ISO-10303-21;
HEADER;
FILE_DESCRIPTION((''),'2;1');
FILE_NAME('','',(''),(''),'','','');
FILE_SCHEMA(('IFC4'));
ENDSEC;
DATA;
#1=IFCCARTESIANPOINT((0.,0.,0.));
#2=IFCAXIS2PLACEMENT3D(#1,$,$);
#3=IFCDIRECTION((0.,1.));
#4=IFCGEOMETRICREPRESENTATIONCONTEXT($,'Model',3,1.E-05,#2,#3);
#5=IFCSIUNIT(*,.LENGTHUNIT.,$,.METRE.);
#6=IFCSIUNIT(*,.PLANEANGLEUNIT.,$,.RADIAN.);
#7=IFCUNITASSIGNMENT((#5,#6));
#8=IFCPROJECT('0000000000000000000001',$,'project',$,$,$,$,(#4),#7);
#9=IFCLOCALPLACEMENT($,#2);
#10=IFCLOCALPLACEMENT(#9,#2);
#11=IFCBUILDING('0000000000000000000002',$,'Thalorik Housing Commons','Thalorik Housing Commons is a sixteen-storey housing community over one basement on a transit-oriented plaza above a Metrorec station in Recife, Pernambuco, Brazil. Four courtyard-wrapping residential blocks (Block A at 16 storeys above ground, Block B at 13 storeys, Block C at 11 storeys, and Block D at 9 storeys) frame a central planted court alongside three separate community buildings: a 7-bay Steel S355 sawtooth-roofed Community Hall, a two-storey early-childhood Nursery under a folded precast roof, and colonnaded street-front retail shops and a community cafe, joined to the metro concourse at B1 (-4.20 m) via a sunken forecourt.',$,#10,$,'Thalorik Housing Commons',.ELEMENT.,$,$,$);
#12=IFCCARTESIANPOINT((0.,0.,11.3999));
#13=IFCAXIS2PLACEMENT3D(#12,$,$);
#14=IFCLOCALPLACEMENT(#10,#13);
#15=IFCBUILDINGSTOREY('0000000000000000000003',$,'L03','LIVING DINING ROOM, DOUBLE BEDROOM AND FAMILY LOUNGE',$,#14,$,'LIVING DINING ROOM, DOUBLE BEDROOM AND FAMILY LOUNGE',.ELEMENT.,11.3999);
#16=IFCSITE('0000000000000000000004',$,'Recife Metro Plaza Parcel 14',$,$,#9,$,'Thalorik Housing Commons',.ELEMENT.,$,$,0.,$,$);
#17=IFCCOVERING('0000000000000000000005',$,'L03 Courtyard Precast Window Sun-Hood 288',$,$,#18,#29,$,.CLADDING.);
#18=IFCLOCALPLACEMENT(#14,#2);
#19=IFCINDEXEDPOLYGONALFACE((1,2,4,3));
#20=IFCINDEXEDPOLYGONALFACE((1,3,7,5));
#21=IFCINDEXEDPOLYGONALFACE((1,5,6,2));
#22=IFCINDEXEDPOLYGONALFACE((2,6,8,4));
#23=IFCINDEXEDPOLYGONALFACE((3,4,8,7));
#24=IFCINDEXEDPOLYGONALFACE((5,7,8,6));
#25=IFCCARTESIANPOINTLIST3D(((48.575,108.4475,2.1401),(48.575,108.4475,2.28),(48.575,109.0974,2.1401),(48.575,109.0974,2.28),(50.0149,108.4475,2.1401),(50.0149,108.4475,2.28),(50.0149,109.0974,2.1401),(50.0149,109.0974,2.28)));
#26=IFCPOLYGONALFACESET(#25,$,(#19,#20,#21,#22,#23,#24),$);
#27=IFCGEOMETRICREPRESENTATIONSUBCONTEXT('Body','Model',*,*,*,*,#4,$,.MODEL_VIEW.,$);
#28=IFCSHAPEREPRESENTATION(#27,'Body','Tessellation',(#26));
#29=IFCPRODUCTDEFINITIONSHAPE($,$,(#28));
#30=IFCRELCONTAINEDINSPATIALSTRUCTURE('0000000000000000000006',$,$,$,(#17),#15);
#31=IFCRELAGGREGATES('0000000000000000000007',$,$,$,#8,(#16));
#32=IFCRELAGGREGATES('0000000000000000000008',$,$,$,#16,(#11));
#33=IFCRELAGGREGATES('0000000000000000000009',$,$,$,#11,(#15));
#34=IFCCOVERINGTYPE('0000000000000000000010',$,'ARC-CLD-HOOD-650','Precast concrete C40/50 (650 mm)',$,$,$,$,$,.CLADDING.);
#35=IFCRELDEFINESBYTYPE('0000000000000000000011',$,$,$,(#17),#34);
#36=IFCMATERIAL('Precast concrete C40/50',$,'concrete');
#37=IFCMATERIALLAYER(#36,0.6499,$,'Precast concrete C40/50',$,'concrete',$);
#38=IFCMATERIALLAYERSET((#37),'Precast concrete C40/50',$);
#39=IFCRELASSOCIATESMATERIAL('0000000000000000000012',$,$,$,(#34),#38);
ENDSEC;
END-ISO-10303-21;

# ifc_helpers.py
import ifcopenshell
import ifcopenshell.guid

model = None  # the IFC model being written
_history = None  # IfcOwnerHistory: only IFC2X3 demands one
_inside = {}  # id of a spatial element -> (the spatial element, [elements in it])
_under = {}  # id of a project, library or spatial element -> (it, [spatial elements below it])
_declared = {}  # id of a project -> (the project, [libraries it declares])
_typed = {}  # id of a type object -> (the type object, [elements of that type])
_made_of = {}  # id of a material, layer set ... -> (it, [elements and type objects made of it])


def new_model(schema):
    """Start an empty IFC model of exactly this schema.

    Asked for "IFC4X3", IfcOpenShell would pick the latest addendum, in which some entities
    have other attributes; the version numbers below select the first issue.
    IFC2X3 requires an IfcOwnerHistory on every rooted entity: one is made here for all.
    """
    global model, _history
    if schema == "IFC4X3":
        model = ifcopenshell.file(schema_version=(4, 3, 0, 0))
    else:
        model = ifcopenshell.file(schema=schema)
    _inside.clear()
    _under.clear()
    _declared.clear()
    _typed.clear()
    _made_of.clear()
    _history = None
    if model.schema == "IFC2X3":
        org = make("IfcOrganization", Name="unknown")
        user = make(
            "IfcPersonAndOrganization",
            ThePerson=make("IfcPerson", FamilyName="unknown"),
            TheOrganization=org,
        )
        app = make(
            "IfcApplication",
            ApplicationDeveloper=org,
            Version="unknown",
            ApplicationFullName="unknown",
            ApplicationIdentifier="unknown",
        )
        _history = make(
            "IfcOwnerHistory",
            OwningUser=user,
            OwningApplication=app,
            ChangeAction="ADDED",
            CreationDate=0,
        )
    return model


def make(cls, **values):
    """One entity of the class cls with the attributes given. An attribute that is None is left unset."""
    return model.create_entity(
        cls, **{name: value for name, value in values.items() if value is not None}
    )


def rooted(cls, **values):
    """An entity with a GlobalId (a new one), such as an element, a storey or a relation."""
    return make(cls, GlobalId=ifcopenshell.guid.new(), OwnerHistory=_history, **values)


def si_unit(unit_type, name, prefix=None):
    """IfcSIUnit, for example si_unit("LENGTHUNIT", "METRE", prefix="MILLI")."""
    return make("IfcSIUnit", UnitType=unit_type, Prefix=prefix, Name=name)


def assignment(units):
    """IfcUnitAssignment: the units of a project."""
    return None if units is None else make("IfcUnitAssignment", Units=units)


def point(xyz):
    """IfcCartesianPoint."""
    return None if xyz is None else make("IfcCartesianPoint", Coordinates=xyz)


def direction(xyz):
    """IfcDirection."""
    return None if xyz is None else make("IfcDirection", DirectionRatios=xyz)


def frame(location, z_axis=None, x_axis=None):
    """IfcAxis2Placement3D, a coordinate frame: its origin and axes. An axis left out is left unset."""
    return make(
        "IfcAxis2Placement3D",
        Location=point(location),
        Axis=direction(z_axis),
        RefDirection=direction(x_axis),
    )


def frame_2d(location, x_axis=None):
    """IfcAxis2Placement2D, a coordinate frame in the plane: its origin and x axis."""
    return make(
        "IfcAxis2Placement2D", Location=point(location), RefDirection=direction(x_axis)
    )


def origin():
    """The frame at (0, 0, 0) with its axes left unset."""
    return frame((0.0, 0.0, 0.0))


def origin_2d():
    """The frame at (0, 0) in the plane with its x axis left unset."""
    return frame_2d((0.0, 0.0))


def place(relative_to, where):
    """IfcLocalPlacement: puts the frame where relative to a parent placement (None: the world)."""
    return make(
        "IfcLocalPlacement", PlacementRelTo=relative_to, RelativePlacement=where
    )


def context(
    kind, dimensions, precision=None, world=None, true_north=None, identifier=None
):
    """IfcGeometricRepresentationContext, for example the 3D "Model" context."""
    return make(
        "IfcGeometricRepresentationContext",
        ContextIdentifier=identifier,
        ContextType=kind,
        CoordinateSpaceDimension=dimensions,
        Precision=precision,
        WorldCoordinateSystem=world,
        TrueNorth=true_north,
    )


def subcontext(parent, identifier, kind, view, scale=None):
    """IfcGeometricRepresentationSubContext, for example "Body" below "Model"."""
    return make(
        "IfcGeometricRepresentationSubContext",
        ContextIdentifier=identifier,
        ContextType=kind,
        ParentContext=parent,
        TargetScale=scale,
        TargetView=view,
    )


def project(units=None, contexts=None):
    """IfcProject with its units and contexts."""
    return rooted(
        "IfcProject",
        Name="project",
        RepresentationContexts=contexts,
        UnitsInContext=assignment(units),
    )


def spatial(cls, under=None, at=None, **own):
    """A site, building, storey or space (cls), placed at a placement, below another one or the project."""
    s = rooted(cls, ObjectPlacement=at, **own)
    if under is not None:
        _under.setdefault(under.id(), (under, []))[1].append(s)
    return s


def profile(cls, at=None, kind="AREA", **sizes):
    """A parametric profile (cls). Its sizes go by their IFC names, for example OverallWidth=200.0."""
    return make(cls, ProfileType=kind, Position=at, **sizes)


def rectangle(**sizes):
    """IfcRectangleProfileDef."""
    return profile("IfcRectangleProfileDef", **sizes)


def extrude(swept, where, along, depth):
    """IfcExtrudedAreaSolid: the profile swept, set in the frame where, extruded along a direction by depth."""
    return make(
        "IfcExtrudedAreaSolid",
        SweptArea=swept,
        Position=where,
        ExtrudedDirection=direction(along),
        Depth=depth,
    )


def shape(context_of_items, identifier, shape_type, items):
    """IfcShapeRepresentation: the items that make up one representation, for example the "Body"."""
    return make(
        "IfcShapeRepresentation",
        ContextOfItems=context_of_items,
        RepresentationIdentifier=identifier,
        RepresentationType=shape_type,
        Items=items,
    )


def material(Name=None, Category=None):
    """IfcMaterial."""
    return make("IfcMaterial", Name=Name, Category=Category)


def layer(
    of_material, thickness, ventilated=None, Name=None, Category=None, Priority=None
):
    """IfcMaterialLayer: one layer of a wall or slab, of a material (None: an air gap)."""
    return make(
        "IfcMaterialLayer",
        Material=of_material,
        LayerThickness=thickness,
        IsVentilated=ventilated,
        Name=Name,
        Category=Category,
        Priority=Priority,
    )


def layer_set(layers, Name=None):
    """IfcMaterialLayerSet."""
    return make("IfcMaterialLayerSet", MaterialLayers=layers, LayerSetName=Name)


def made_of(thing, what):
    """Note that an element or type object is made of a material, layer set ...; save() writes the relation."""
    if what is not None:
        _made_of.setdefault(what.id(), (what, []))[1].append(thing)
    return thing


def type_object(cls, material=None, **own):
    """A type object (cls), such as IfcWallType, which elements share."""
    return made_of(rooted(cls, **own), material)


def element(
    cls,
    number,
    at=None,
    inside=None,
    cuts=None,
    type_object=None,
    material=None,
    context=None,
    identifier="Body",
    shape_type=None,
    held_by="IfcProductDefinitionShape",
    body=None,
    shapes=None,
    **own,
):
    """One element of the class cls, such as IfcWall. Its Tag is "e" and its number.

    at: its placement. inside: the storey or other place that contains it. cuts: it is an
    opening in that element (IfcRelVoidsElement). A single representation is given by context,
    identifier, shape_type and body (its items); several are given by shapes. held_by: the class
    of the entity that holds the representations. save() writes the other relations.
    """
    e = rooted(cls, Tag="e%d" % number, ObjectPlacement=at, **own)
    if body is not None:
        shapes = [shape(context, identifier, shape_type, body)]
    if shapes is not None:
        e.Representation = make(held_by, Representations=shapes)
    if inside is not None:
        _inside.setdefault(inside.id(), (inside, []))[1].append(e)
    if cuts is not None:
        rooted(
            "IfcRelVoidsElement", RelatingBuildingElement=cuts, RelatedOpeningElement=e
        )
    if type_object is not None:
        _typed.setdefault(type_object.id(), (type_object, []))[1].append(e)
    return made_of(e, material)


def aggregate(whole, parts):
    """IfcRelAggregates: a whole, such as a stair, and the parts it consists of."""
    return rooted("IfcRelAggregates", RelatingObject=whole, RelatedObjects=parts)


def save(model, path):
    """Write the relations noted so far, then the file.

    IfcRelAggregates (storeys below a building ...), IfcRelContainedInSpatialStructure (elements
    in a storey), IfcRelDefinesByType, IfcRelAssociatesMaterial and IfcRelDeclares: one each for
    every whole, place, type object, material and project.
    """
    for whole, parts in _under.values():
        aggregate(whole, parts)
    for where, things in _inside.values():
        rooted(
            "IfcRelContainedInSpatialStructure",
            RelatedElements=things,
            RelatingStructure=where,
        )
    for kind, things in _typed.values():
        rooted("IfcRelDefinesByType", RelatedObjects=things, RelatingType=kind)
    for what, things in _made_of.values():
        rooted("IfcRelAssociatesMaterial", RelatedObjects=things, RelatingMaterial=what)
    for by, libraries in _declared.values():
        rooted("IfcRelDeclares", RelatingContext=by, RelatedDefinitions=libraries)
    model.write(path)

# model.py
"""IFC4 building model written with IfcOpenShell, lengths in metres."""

from ifc_helpers import new_model, si_unit, direction, frame, origin, origin_2d, place, context, subcontext, project, spatial, rectangle, extrude, material, layer, layer_set, type_object, element, save


model = new_model("IFC4")

# Units and contexts
model_context = context("Model", 3, precision=1e-05, world=origin(), true_north=direction((0.0, 1.0)))
body_context = subcontext(model_context, "Body", "Model", "MODEL_VIEW")
ifc_project = project(units=[si_unit("LENGTHUNIT", "METRE"), si_unit("PLANEANGLEUNIT", "RADIAN")], contexts=[model_context])

# Site, building, storey
site_placement = place(None, origin())
site = spatial("IfcSite", under=ifc_project, at=site_placement, Name="Recife Metro Plaza Parcel 14", LongName="Thalorik Housing Commons", CompositionType="ELEMENT", RefElevation=0.0)
building_placement = place(site_placement, origin())
building = spatial("IfcBuilding", under=site, at=building_placement, Name="Thalorik Housing Commons", Description="Thalorik Housing Commons is a sixteen-storey housing community over one basement on a transit-oriented plaza above a Metrorec station in Recife, Pernambuco, Brazil. Four courtyard-wrapping residential blocks (Block A at 16 storeys above ground, Block B at 13 storeys, Block C at 11 storeys, and Block D at 9 storeys) frame a central planted court alongside three separate community buildings: a 7-bay Steel S355 sawtooth-roofed Community Hall, a two-storey early-childhood Nursery under a folded precast roof, and colonnaded street-front retail shops and a community cafe, joined to the metro concourse at B1 (-4.20 m) via a sunken forecourt.", LongName="Thalorik Housing Commons", CompositionType="ELEMENT")
storey_placement = place(building_placement, frame((0.0, 0.0, 11.3999)))
storey = spatial("IfcBuildingStorey", under=building, at=storey_placement, Name="L03", Description="LIVING DINING ROOM, DOUBLE BEDROOM AND FAMILY LOUNGE", LongName="LIVING DINING ROOM, DOUBLE BEDROOM AND FAMILY LOUNGE", CompositionType="ELEMENT", Elevation=11.3999)

# Shared definitions
ifc_material_1 = material(Name="Precast concrete C40/50", Category="concrete")

# Covering
ifc_layer_1 = layer(ifc_material_1, 0.6499, Name="Precast concrete C40/50", Category="concrete")
ifc_layer_set_1 = layer_set([ifc_layer_1], Name="Precast concrete C40/50")
covering_type_1 = type_object("IfcCoveringType", Name="ARC-CLD-HOOD-650", Description="Precast concrete C40/50 (650 mm)", PredefinedType="CLADDING", material=ifc_layer_set_1)
covering_1_placement = place(storey_placement, frame((49.2949, 108.7725, 2.1401), z_axis=(0.0, 0.0, 1.0), x_axis=(1.0, 0.0, 0.0)))
element("IfcCovering", 1, at=covering_1_placement, inside=storey, type_object=covering_type_1, Name="L03 Courtyard Precast Window Sun-Hood 288", PredefinedType="CLADDING", context=body_context, shape_type="SweptSolid", body=[
    extrude(rectangle(XDim=1.4399, YDim=0.6499, at=origin_2d()), origin(), (0.0, 0.0, 1.0), 0.1399),
])

save(model, "model.ifc")
